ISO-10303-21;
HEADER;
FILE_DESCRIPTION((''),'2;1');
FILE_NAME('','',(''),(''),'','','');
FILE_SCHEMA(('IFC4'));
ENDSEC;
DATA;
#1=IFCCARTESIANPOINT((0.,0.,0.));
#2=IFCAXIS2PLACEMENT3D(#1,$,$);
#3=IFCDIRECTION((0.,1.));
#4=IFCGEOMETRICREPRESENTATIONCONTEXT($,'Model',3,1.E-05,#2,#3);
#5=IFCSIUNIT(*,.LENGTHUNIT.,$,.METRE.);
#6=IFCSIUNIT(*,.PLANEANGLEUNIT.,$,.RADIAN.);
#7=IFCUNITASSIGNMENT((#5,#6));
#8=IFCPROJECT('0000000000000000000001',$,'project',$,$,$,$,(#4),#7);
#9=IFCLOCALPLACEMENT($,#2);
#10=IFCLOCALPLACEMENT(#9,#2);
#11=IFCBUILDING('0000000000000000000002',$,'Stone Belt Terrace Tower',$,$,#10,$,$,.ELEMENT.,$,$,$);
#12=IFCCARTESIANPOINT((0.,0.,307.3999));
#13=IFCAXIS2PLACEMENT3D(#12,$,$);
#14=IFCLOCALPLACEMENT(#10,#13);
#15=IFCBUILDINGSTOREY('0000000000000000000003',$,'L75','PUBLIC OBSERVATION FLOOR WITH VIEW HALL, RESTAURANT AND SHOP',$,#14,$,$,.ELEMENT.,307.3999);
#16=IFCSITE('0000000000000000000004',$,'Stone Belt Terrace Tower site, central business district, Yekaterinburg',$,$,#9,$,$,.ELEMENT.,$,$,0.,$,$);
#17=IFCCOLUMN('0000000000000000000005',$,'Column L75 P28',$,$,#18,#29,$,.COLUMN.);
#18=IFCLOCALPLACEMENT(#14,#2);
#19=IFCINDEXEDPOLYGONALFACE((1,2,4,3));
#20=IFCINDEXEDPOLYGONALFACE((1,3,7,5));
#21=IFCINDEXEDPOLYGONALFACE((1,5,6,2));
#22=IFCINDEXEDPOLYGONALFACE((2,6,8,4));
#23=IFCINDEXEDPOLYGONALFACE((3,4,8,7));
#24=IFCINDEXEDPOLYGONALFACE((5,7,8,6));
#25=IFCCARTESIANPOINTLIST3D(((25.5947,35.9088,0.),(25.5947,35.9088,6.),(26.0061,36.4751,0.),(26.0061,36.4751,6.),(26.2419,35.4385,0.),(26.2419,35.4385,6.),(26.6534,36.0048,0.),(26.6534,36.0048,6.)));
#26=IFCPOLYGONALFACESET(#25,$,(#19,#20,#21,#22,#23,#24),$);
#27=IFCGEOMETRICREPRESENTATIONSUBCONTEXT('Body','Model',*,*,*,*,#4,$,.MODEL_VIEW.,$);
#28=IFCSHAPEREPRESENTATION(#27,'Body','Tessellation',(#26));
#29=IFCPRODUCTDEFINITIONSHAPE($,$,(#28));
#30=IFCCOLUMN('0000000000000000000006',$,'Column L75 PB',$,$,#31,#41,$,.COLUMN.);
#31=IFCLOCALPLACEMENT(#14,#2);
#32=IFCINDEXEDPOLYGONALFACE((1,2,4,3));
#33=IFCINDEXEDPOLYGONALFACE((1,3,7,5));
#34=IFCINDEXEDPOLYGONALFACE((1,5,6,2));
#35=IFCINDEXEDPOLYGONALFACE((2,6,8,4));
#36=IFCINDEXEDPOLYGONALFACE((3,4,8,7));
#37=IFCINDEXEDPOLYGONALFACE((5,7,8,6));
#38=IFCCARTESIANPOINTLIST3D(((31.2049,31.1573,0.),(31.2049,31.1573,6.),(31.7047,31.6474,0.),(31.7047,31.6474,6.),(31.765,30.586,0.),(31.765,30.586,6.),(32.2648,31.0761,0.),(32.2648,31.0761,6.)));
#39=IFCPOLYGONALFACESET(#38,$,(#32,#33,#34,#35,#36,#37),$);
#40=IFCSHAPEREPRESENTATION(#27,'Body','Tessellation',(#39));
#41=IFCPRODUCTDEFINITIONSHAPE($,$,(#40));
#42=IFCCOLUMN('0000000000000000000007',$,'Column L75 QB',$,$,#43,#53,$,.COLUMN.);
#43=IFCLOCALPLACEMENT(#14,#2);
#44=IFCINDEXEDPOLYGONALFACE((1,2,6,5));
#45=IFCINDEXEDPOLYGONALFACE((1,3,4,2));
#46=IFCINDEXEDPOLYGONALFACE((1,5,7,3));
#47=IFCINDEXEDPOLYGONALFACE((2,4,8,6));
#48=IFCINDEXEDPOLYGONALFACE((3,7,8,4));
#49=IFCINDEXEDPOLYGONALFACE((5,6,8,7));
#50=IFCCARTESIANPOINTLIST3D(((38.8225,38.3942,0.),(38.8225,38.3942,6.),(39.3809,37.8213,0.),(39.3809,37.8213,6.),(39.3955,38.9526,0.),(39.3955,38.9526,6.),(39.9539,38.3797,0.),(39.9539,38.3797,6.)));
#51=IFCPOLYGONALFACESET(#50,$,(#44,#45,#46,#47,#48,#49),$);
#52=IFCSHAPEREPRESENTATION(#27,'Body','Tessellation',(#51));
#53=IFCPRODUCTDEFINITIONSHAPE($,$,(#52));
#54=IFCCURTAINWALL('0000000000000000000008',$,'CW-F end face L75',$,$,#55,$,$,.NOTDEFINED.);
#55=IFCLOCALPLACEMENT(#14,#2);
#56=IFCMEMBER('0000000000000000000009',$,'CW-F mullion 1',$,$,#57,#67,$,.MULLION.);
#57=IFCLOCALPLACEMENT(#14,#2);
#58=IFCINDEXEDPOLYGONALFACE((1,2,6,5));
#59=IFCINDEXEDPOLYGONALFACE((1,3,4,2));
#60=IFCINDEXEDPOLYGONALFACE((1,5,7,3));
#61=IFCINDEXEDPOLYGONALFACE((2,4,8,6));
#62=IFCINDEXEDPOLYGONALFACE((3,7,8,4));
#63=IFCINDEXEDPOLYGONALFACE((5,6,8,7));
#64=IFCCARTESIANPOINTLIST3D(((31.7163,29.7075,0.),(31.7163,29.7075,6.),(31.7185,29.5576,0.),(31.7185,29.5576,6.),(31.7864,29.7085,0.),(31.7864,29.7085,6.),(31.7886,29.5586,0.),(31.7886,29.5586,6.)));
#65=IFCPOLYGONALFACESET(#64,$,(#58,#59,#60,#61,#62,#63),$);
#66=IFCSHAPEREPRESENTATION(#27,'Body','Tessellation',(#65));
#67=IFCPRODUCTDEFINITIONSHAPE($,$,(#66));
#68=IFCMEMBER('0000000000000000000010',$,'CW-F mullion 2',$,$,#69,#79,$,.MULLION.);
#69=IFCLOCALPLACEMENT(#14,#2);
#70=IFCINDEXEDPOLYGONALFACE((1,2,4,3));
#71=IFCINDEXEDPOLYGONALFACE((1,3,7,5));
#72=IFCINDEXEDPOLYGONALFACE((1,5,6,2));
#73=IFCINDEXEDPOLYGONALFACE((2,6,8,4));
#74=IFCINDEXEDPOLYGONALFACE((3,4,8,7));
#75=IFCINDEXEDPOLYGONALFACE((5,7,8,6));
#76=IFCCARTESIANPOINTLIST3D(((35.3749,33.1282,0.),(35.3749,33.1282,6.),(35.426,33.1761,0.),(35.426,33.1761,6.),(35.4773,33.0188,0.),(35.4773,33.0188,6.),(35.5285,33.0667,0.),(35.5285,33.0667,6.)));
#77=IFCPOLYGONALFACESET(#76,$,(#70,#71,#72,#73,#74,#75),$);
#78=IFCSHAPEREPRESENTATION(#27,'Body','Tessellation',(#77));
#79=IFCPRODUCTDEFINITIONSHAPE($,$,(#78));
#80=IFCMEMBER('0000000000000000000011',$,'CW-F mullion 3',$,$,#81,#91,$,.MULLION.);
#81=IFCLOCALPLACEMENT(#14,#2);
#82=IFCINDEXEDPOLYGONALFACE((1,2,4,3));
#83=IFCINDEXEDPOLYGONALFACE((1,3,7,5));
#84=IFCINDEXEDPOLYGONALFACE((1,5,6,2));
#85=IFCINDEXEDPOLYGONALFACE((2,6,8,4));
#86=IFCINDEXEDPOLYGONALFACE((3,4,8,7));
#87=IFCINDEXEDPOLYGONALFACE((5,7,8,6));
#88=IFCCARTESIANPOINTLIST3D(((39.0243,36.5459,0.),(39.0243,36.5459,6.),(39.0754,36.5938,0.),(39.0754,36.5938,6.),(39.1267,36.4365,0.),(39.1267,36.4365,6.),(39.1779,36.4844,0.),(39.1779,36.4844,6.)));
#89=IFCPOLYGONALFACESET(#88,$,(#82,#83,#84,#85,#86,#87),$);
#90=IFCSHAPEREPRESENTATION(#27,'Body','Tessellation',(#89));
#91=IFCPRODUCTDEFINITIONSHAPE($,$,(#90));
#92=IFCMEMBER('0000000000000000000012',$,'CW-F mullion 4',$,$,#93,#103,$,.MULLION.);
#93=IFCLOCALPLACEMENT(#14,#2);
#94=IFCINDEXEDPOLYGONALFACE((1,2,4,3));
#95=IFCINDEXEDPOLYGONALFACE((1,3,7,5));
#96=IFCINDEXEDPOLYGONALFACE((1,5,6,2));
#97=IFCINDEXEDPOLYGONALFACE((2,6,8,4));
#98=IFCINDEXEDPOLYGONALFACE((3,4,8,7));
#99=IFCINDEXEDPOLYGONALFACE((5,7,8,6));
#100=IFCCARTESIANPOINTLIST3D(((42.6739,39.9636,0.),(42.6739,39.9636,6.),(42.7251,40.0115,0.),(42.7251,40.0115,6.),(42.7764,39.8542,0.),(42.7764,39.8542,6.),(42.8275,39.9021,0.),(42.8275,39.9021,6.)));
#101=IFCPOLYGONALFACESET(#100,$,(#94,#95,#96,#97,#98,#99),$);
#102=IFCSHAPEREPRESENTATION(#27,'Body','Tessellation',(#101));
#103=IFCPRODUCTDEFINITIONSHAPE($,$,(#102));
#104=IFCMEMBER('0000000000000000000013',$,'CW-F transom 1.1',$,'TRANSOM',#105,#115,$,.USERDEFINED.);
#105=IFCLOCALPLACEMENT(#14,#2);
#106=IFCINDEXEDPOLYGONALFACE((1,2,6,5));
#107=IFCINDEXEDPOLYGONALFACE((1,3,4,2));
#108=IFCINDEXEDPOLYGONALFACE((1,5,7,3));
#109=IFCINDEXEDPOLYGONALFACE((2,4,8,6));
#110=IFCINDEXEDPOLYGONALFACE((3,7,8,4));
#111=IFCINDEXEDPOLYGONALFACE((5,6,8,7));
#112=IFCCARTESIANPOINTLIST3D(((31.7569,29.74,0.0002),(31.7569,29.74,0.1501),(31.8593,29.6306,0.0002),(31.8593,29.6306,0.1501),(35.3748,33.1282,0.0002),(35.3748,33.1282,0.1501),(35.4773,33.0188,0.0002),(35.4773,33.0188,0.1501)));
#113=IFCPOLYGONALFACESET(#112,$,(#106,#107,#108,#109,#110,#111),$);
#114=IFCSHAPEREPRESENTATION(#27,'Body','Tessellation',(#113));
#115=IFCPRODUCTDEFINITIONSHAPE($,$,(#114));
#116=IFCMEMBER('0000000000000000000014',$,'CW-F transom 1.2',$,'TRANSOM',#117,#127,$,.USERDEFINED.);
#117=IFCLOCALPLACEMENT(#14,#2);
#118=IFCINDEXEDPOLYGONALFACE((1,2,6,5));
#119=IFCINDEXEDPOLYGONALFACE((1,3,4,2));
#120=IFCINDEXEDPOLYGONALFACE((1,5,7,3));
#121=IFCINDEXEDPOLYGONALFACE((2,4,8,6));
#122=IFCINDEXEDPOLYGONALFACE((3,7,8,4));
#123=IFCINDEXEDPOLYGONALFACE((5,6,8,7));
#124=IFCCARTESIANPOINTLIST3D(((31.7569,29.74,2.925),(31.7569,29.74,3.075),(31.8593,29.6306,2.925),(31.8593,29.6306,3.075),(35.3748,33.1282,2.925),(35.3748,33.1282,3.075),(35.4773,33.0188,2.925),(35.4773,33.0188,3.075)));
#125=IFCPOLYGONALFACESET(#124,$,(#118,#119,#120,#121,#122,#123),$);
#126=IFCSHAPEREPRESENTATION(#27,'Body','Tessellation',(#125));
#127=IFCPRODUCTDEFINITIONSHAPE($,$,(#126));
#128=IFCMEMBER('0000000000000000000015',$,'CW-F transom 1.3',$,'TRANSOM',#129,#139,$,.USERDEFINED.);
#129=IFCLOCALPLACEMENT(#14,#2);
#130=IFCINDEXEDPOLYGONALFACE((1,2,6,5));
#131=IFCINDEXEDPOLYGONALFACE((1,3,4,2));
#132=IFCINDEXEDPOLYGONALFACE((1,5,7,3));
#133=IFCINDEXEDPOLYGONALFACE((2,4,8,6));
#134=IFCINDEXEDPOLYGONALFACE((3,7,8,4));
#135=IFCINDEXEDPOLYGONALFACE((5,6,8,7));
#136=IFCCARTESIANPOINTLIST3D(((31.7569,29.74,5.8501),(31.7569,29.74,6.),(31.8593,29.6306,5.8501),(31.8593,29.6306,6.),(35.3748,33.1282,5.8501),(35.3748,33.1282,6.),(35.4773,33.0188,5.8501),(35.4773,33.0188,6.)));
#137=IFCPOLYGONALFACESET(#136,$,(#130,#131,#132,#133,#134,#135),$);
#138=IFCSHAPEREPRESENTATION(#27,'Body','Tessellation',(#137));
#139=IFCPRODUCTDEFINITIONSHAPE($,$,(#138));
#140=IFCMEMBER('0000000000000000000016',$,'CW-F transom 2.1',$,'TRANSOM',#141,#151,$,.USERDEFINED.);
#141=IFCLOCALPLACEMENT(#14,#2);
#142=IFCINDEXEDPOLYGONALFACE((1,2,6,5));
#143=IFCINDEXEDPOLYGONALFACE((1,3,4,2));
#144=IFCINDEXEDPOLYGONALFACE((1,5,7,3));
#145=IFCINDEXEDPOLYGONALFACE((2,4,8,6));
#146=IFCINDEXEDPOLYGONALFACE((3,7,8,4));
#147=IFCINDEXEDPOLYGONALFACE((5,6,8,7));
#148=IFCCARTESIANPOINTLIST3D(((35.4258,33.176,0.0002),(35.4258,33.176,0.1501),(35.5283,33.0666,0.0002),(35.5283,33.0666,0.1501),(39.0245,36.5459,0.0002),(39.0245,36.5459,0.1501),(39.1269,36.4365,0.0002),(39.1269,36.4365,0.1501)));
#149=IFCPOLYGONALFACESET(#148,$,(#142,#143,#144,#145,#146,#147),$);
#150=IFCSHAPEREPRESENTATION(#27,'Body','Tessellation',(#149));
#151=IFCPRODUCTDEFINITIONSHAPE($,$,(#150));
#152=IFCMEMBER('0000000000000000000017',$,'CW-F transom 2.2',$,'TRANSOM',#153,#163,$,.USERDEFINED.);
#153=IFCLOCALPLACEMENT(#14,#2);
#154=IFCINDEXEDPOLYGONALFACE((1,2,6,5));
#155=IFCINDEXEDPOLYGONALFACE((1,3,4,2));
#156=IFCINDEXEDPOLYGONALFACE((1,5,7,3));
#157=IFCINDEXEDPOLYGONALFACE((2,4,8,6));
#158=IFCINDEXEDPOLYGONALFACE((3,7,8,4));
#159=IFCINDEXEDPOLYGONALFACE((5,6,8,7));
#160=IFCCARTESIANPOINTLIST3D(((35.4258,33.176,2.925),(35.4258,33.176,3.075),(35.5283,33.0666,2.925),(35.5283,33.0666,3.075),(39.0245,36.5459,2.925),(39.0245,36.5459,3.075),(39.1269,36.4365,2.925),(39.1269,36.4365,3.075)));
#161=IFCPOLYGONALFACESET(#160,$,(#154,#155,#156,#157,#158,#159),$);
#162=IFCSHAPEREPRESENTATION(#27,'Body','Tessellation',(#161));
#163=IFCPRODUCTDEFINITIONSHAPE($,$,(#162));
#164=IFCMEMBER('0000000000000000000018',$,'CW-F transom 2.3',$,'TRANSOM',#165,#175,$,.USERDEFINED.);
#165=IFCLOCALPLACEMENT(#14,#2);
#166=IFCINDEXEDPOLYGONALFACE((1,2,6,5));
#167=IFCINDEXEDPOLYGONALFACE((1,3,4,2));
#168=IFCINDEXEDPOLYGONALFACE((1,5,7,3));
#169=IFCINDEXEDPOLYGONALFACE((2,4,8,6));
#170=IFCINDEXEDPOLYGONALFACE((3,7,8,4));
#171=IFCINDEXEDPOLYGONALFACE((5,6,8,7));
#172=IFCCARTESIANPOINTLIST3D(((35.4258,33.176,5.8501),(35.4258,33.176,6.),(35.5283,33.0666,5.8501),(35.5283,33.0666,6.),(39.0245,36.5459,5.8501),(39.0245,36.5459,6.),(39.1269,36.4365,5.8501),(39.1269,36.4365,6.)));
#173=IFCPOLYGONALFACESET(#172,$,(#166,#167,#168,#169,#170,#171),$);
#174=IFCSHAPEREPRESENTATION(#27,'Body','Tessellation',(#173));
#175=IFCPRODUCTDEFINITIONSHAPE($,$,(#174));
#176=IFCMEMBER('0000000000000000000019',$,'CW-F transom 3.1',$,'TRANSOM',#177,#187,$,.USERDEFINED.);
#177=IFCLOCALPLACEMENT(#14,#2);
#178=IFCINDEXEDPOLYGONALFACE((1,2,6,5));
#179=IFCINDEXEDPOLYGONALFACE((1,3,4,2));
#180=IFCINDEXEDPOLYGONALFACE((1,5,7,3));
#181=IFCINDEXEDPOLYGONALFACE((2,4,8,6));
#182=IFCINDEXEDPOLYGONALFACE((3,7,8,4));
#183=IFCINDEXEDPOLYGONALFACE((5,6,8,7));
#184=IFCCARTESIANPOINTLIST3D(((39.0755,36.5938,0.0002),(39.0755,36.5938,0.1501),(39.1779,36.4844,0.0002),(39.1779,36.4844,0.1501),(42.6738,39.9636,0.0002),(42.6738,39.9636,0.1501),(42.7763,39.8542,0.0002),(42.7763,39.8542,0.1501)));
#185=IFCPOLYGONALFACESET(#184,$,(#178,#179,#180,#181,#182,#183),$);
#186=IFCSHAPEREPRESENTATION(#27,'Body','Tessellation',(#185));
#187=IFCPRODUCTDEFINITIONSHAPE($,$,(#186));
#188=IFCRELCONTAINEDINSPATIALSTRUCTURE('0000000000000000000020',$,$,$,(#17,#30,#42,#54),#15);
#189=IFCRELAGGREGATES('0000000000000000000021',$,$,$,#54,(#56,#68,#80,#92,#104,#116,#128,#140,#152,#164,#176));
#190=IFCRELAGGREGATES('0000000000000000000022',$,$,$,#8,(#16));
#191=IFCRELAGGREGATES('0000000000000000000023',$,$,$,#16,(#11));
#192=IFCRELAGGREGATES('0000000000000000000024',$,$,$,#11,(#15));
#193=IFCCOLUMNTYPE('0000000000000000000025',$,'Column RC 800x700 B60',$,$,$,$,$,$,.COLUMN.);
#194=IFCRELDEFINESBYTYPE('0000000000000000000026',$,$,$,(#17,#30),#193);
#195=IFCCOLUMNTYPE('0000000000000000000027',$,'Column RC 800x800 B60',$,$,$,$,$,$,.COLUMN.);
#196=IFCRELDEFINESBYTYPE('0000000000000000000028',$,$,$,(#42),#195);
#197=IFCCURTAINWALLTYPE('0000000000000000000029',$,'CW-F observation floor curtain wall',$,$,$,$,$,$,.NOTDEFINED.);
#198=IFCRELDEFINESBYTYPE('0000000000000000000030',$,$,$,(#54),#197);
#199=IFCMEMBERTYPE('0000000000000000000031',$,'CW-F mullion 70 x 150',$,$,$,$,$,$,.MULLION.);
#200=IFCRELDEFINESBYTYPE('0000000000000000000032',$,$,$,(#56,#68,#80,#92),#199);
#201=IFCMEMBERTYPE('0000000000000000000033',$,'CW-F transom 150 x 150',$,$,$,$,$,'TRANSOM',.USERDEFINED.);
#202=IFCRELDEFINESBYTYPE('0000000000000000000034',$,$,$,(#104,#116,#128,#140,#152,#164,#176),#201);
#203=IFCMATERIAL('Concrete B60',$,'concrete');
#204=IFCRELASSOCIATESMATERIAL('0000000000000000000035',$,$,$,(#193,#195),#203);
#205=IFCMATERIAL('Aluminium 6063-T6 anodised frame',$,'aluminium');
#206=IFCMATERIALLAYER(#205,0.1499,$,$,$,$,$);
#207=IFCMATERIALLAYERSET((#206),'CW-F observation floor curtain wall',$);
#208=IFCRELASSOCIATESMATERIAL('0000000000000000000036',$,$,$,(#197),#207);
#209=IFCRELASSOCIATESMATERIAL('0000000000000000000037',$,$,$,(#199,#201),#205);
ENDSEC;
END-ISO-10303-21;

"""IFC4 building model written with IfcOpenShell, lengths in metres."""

from ifc_helpers import new_model, si_unit, direction, frame, origin, origin_2d, place, context, subcontext, project, spatial, rectangle, extrude, material, layer, layer_set, material_profile, profile_set, type_object, element, aggregate, save


model = new_model("IFC4")

# Units and contexts
model_context = context("Model", 3, precision=1e-05, world=origin(), true_north=direction((0.0, 1.0)))
body_context = subcontext(model_context, "Body", "Model", "MODEL_VIEW")
ifc_project = project(units=[si_unit("LENGTHUNIT", "METRE"), si_unit("PLANEANGLEUNIT", "RADIAN")], contexts=[model_context])

# Site, building, storey
site_placement = place(None, origin())
site = spatial("IfcSite", under=ifc_project, at=site_placement, Name="Stone Belt Terrace Tower site, central business district, Yekaterinburg", CompositionType="ELEMENT", RefElevation=0.0)
building_placement = place(site_placement, origin())
building = spatial("IfcBuilding", under=site, at=building_placement, Name="Stone Belt Terrace Tower", CompositionType="ELEMENT")
storey_placement = place(building_placement, frame((0.0, 0.0, 307.3999)))
storey = spatial("IfcBuildingStorey", under=building, at=storey_placement, Name="L75", Description="PUBLIC OBSERVATION FLOOR WITH VIEW HALL, RESTAURANT AND SHOP", CompositionType="ELEMENT", Elevation=307.3999)

# Columns
ifc_material_1 = material(Name="Concrete B60", Category="concrete")
ifc_material_profile_1 = material_profile(ifc_material_1, rectangle(XDim=0.8, YDim=0.7, at=origin_2d()), Name="RC 800x700")
ifc_profile_set_1 = profile_set([ifc_material_profile_1], Name="Concrete B60")
column_type_1 = type_object("IfcColumnType", Name="Column RC 800x700 B60", PredefinedType="COLUMN", material=ifc_profile_set_1)
for number, where, z_axis, x_axis, name in (
    (1, (26.124, 35.9568, 0.0), (0.0, 0.0, 1.0), (0.809017, -0.587785, 0.0), "Column L75 P28"),
    (2, (31.7349, 31.1167, 0.0), (0.0, 0.0, 1.0), (0.70012, -0.714026, 0.0), "Column L75 PB"),
):
    element("IfcColumn", number, at=place(storey_placement, frame(where, z_axis=z_axis, x_axis=x_axis)), inside=storey, type_object=column_type_1, Name=name, PredefinedType="COLUMN", context=body_context, shape_type="SweptSolid", body=[
        extrude(rectangle(XDim=0.8, YDim=0.7, at=origin_2d()), origin(), (0.0, 0.0, 1.0), 6.0),
    ])
ifc_material_profile_2 = material_profile(ifc_material_1, rectangle(XDim=0.8, YDim=0.8, at=origin_2d()), Name="RC 800x800")
ifc_profile_set_2 = profile_set([ifc_material_profile_2], Name="Concrete B60")
column_type_2 = type_object("IfcColumnType", Name="Column RC 800x800 B60", PredefinedType="COLUMN", material=ifc_profile_set_2)
column_placement = place(storey_placement, frame((39.3882, 38.387, 0.0), z_axis=(0.0, 0.0, 1.0), x_axis=(0.697944, -0.716152, 0.0)))
element("IfcColumn", 3, at=column_placement, inside=storey, type_object=column_type_2, Name="Column L75 QB", PredefinedType="COLUMN", context=body_context, shape_type="SweptSolid", body=[
    extrude(rectangle(XDim=0.8, YDim=0.8, at=origin_2d()), origin(), (0.0, 0.0, 1.0), 6.0),
])

# Curtain wall, members
ifc_material_2 = material(Name="Aluminium 6063-T6 anodised frame", Category="aluminium")
ifc_layer_1 = layer(ifc_material_2, 0.1499)
ifc_layer_set_1 = layer_set([ifc_layer_1], Name="CW-F observation floor curtain wall")
curtain_wall_type = type_object("IfcCurtainWallType", Name="CW-F observation floor curtain wall", PredefinedType="NOTDEFINED", material=ifc_layer_set_1)
curtain_wall_1_placement = place(storey_placement, origin())
curtain_wall_1 = element("IfcCurtainWall", 4, at=curtain_wall_1_placement, inside=storey, type_object=curtain_wall_type, Name="CW-F end face L75", PredefinedType="NOTDEFINED")
ifc_material_profile_3 = material_profile(ifc_material_2, rectangle(XDim=0.1499, YDim=0.0701, at=origin_2d()), Name="Aluminium 6063-T6 70x150")
ifc_profile_set_3 = profile_set([ifc_material_profile_3], Name="Aluminium 6063-T6 anodised frame")
member_type_1 = type_object("IfcMemberType", Name="CW-F mullion 70 x 150", PredefinedType="MULLION", material=ifc_profile_set_3)
member_1_placement = place(storey_placement, frame((31.7524, 29.6331, 0.0), z_axis=(0.0, 0.0, 1.0), x_axis=(-0.014682, 0.999892, 0.0)))
member_1 = element("IfcMember", 5, at=member_1_placement, type_object=member_type_1, Name="CW-F mullion 1", PredefinedType="MULLION", context=body_context, shape_type="SweptSolid", body=[
    extrude(rectangle(XDim=0.1499, YDim=0.0701, at=origin_2d()), origin(), (0.0, 0.0, 1.0), 6.0),
])
member_2_placement = place(storey_placement, frame((35.4517, 33.0974, 0.0), z_axis=(0.0, 0.0, 1.0), x_axis=(-0.683549, 0.729904, 0.0)))
member_2 = element("IfcMember", 6, at=member_2_placement, type_object=member_type_1, Name="CW-F mullion 2", PredefinedType="MULLION", context=body_context, shape_type="SweptSolid", body=[
    extrude(rectangle(XDim=0.1499, YDim=0.0701, at=origin_2d()), origin(), (0.0, 0.0, 1.0), 6.0),
])
member_3_placement = place(storey_placement, frame((39.1011, 36.5151, 0.0), z_axis=(0.0, 0.0, 1.0), x_axis=(-0.683549, 0.729904, 0.0)))
member_3 = element("IfcMember", 7, at=member_3_placement, type_object=member_type_1, Name="CW-F mullion 3", PredefinedType="MULLION", context=body_context, shape_type="SweptSolid", body=[
    extrude(rectangle(XDim=0.1499, YDim=0.0701, at=origin_2d()), origin(), (0.0, 0.0, 1.0), 6.0),
])
member_4_placement = place(storey_placement, frame((42.7507, 39.9329, 0.0), z_axis=(0.0, 0.0, 1.0), x_axis=(-0.683549, 0.729904, 0.0)))
member_4 = element("IfcMember", 8, at=member_4_placement, type_object=member_type_1, Name="CW-F mullion 4", PredefinedType="MULLION", context=body_context, shape_type="SweptSolid", body=[
    extrude(rectangle(XDim=0.1499, YDim=0.0701, at=origin_2d()), origin(), (0.0, 0.0, 1.0), 6.0),
])
ifc_material_profile_4 = material_profile(ifc_material_2, rectangle(XDim=0.1499, YDim=0.1499, at=origin_2d()), Name="Aluminium 6063-T6 150x150")
ifc_profile_set_4 = profile_set([ifc_material_profile_4], Name="Aluminium 6063-T6 anodised frame")
member_type_2 = type_object("IfcMemberType", Name="CW-F transom 150 x 150", ElementType="TRANSOM", PredefinedType="USERDEFINED", material=ifc_profile_set_4)
member_5_placement = place(storey_placement, frame((31.8081, 29.6853, 0.0752), z_axis=(0.729901, 0.683553, 0.0), x_axis=(-0.683553, 0.729901, 0.0)))
member_5 = element("IfcMember", 9, at=member_5_placement, type_object=member_type_2, Name="CW-F transom 1.1", ObjectType="TRANSOM", PredefinedType="USERDEFINED", context=body_context, shape_type="SweptSolid", body=[
    extrude(rectangle(XDim=0.1499, YDim=0.1499, at=origin_2d()), origin(), (0.0, 0.0, 1.0), 4.9568),
])
member_6_placement = place(storey_placement, frame((31.8081, 29.6853, 3.0), z_axis=(0.729901, 0.683553, 0.0), x_axis=(-0.683553, 0.729901, 0.0)))
member_6 = element("IfcMember", 10, at=member_6_placement, type_object=member_type_2, Name="CW-F transom 1.2", ObjectType="TRANSOM", PredefinedType="USERDEFINED", context=body_context, shape_type="SweptSolid", body=[
    extrude(rectangle(XDim=0.1499, YDim=0.1499, at=origin_2d()), origin(), (0.0, 0.0, 1.0), 4.9568),
])
member_7_placement = place(storey_placement, frame((31.8081, 29.6853, 5.925), z_axis=(0.729901, 0.683553, 0.0), x_axis=(-0.683553, 0.729901, 0.0)))
member_7 = element("IfcMember", 11, at=member_7_placement, type_object=member_type_2, Name="CW-F transom 1.3", ObjectType="TRANSOM", PredefinedType="USERDEFINED", context=body_context, shape_type="SweptSolid", body=[
    extrude(rectangle(XDim=0.1499, YDim=0.1499, at=origin_2d()), origin(), (0.0, 0.0, 1.0), 4.9568),
])
member_8_placement = place(storey_placement, frame((35.4771, 33.1213, 0.0752), z_axis=(0.729926, 0.683526, 0.0), x_axis=(-0.683526, 0.729926, 0.0)))
member_8 = element("IfcMember", 12, at=member_8_placement, type_object=member_type_2, Name="CW-F transom 2.1", ObjectType="TRANSOM", PredefinedType="USERDEFINED", context=body_context, shape_type="SweptSolid", body=[
    extrude(rectangle(XDim=0.1499, YDim=0.1499, at=origin_2d()), origin(), (0.0, 0.0, 1.0), 4.9302),
])
member_9_placement = place(storey_placement, frame((35.4771, 33.1213, 3.0), z_axis=(0.729926, 0.683526, 0.0), x_axis=(-0.683526, 0.729926, 0.0)))
member_9 = element("IfcMember", 13, at=member_9_placement, type_object=member_type_2, Name="CW-F transom 2.2", ObjectType="TRANSOM", PredefinedType="USERDEFINED", context=body_context, shape_type="SweptSolid", body=[
    extrude(rectangle(XDim=0.1499, YDim=0.1499, at=origin_2d()), origin(), (0.0, 0.0, 1.0), 4.9302),
])
member_10_placement = place(storey_placement, frame((35.4771, 33.1213, 5.925), z_axis=(0.729926, 0.683526, 0.0), x_axis=(-0.683526, 0.729926, 0.0)))
member_10 = element("IfcMember", 14, at=member_10_placement, type_object=member_type_2, Name="CW-F transom 2.3", ObjectType="TRANSOM", PredefinedType="USERDEFINED", context=body_context, shape_type="SweptSolid", body=[
    extrude(rectangle(XDim=0.1499, YDim=0.1499, at=origin_2d()), origin(), (0.0, 0.0, 1.0), 4.9302),
])
member_11_placement = place(storey_placement, frame((39.1267, 36.5391, 0.0752), z_axis=(0.729903, 0.683551, 0.0), x_axis=(-0.683551, 0.729903, 0.0)))
member_11 = element("IfcMember", 15, at=member_11_placement, type_object=member_type_2, Name="CW-F transom 3.1", ObjectType="TRANSOM", PredefinedType="USERDEFINED", context=body_context, shape_type="SweptSolid", body=[
    extrude(rectangle(XDim=0.1499, YDim=0.1499, at=origin_2d()), origin(), (0.0, 0.0, 1.0), 4.9299),
])

aggregate(curtain_wall_1, [member_1, member_2, member_3, member_4, member_5, member_6, member_7, member_8, member_9, member_10, member_11])

save(model, "model.ifc")
